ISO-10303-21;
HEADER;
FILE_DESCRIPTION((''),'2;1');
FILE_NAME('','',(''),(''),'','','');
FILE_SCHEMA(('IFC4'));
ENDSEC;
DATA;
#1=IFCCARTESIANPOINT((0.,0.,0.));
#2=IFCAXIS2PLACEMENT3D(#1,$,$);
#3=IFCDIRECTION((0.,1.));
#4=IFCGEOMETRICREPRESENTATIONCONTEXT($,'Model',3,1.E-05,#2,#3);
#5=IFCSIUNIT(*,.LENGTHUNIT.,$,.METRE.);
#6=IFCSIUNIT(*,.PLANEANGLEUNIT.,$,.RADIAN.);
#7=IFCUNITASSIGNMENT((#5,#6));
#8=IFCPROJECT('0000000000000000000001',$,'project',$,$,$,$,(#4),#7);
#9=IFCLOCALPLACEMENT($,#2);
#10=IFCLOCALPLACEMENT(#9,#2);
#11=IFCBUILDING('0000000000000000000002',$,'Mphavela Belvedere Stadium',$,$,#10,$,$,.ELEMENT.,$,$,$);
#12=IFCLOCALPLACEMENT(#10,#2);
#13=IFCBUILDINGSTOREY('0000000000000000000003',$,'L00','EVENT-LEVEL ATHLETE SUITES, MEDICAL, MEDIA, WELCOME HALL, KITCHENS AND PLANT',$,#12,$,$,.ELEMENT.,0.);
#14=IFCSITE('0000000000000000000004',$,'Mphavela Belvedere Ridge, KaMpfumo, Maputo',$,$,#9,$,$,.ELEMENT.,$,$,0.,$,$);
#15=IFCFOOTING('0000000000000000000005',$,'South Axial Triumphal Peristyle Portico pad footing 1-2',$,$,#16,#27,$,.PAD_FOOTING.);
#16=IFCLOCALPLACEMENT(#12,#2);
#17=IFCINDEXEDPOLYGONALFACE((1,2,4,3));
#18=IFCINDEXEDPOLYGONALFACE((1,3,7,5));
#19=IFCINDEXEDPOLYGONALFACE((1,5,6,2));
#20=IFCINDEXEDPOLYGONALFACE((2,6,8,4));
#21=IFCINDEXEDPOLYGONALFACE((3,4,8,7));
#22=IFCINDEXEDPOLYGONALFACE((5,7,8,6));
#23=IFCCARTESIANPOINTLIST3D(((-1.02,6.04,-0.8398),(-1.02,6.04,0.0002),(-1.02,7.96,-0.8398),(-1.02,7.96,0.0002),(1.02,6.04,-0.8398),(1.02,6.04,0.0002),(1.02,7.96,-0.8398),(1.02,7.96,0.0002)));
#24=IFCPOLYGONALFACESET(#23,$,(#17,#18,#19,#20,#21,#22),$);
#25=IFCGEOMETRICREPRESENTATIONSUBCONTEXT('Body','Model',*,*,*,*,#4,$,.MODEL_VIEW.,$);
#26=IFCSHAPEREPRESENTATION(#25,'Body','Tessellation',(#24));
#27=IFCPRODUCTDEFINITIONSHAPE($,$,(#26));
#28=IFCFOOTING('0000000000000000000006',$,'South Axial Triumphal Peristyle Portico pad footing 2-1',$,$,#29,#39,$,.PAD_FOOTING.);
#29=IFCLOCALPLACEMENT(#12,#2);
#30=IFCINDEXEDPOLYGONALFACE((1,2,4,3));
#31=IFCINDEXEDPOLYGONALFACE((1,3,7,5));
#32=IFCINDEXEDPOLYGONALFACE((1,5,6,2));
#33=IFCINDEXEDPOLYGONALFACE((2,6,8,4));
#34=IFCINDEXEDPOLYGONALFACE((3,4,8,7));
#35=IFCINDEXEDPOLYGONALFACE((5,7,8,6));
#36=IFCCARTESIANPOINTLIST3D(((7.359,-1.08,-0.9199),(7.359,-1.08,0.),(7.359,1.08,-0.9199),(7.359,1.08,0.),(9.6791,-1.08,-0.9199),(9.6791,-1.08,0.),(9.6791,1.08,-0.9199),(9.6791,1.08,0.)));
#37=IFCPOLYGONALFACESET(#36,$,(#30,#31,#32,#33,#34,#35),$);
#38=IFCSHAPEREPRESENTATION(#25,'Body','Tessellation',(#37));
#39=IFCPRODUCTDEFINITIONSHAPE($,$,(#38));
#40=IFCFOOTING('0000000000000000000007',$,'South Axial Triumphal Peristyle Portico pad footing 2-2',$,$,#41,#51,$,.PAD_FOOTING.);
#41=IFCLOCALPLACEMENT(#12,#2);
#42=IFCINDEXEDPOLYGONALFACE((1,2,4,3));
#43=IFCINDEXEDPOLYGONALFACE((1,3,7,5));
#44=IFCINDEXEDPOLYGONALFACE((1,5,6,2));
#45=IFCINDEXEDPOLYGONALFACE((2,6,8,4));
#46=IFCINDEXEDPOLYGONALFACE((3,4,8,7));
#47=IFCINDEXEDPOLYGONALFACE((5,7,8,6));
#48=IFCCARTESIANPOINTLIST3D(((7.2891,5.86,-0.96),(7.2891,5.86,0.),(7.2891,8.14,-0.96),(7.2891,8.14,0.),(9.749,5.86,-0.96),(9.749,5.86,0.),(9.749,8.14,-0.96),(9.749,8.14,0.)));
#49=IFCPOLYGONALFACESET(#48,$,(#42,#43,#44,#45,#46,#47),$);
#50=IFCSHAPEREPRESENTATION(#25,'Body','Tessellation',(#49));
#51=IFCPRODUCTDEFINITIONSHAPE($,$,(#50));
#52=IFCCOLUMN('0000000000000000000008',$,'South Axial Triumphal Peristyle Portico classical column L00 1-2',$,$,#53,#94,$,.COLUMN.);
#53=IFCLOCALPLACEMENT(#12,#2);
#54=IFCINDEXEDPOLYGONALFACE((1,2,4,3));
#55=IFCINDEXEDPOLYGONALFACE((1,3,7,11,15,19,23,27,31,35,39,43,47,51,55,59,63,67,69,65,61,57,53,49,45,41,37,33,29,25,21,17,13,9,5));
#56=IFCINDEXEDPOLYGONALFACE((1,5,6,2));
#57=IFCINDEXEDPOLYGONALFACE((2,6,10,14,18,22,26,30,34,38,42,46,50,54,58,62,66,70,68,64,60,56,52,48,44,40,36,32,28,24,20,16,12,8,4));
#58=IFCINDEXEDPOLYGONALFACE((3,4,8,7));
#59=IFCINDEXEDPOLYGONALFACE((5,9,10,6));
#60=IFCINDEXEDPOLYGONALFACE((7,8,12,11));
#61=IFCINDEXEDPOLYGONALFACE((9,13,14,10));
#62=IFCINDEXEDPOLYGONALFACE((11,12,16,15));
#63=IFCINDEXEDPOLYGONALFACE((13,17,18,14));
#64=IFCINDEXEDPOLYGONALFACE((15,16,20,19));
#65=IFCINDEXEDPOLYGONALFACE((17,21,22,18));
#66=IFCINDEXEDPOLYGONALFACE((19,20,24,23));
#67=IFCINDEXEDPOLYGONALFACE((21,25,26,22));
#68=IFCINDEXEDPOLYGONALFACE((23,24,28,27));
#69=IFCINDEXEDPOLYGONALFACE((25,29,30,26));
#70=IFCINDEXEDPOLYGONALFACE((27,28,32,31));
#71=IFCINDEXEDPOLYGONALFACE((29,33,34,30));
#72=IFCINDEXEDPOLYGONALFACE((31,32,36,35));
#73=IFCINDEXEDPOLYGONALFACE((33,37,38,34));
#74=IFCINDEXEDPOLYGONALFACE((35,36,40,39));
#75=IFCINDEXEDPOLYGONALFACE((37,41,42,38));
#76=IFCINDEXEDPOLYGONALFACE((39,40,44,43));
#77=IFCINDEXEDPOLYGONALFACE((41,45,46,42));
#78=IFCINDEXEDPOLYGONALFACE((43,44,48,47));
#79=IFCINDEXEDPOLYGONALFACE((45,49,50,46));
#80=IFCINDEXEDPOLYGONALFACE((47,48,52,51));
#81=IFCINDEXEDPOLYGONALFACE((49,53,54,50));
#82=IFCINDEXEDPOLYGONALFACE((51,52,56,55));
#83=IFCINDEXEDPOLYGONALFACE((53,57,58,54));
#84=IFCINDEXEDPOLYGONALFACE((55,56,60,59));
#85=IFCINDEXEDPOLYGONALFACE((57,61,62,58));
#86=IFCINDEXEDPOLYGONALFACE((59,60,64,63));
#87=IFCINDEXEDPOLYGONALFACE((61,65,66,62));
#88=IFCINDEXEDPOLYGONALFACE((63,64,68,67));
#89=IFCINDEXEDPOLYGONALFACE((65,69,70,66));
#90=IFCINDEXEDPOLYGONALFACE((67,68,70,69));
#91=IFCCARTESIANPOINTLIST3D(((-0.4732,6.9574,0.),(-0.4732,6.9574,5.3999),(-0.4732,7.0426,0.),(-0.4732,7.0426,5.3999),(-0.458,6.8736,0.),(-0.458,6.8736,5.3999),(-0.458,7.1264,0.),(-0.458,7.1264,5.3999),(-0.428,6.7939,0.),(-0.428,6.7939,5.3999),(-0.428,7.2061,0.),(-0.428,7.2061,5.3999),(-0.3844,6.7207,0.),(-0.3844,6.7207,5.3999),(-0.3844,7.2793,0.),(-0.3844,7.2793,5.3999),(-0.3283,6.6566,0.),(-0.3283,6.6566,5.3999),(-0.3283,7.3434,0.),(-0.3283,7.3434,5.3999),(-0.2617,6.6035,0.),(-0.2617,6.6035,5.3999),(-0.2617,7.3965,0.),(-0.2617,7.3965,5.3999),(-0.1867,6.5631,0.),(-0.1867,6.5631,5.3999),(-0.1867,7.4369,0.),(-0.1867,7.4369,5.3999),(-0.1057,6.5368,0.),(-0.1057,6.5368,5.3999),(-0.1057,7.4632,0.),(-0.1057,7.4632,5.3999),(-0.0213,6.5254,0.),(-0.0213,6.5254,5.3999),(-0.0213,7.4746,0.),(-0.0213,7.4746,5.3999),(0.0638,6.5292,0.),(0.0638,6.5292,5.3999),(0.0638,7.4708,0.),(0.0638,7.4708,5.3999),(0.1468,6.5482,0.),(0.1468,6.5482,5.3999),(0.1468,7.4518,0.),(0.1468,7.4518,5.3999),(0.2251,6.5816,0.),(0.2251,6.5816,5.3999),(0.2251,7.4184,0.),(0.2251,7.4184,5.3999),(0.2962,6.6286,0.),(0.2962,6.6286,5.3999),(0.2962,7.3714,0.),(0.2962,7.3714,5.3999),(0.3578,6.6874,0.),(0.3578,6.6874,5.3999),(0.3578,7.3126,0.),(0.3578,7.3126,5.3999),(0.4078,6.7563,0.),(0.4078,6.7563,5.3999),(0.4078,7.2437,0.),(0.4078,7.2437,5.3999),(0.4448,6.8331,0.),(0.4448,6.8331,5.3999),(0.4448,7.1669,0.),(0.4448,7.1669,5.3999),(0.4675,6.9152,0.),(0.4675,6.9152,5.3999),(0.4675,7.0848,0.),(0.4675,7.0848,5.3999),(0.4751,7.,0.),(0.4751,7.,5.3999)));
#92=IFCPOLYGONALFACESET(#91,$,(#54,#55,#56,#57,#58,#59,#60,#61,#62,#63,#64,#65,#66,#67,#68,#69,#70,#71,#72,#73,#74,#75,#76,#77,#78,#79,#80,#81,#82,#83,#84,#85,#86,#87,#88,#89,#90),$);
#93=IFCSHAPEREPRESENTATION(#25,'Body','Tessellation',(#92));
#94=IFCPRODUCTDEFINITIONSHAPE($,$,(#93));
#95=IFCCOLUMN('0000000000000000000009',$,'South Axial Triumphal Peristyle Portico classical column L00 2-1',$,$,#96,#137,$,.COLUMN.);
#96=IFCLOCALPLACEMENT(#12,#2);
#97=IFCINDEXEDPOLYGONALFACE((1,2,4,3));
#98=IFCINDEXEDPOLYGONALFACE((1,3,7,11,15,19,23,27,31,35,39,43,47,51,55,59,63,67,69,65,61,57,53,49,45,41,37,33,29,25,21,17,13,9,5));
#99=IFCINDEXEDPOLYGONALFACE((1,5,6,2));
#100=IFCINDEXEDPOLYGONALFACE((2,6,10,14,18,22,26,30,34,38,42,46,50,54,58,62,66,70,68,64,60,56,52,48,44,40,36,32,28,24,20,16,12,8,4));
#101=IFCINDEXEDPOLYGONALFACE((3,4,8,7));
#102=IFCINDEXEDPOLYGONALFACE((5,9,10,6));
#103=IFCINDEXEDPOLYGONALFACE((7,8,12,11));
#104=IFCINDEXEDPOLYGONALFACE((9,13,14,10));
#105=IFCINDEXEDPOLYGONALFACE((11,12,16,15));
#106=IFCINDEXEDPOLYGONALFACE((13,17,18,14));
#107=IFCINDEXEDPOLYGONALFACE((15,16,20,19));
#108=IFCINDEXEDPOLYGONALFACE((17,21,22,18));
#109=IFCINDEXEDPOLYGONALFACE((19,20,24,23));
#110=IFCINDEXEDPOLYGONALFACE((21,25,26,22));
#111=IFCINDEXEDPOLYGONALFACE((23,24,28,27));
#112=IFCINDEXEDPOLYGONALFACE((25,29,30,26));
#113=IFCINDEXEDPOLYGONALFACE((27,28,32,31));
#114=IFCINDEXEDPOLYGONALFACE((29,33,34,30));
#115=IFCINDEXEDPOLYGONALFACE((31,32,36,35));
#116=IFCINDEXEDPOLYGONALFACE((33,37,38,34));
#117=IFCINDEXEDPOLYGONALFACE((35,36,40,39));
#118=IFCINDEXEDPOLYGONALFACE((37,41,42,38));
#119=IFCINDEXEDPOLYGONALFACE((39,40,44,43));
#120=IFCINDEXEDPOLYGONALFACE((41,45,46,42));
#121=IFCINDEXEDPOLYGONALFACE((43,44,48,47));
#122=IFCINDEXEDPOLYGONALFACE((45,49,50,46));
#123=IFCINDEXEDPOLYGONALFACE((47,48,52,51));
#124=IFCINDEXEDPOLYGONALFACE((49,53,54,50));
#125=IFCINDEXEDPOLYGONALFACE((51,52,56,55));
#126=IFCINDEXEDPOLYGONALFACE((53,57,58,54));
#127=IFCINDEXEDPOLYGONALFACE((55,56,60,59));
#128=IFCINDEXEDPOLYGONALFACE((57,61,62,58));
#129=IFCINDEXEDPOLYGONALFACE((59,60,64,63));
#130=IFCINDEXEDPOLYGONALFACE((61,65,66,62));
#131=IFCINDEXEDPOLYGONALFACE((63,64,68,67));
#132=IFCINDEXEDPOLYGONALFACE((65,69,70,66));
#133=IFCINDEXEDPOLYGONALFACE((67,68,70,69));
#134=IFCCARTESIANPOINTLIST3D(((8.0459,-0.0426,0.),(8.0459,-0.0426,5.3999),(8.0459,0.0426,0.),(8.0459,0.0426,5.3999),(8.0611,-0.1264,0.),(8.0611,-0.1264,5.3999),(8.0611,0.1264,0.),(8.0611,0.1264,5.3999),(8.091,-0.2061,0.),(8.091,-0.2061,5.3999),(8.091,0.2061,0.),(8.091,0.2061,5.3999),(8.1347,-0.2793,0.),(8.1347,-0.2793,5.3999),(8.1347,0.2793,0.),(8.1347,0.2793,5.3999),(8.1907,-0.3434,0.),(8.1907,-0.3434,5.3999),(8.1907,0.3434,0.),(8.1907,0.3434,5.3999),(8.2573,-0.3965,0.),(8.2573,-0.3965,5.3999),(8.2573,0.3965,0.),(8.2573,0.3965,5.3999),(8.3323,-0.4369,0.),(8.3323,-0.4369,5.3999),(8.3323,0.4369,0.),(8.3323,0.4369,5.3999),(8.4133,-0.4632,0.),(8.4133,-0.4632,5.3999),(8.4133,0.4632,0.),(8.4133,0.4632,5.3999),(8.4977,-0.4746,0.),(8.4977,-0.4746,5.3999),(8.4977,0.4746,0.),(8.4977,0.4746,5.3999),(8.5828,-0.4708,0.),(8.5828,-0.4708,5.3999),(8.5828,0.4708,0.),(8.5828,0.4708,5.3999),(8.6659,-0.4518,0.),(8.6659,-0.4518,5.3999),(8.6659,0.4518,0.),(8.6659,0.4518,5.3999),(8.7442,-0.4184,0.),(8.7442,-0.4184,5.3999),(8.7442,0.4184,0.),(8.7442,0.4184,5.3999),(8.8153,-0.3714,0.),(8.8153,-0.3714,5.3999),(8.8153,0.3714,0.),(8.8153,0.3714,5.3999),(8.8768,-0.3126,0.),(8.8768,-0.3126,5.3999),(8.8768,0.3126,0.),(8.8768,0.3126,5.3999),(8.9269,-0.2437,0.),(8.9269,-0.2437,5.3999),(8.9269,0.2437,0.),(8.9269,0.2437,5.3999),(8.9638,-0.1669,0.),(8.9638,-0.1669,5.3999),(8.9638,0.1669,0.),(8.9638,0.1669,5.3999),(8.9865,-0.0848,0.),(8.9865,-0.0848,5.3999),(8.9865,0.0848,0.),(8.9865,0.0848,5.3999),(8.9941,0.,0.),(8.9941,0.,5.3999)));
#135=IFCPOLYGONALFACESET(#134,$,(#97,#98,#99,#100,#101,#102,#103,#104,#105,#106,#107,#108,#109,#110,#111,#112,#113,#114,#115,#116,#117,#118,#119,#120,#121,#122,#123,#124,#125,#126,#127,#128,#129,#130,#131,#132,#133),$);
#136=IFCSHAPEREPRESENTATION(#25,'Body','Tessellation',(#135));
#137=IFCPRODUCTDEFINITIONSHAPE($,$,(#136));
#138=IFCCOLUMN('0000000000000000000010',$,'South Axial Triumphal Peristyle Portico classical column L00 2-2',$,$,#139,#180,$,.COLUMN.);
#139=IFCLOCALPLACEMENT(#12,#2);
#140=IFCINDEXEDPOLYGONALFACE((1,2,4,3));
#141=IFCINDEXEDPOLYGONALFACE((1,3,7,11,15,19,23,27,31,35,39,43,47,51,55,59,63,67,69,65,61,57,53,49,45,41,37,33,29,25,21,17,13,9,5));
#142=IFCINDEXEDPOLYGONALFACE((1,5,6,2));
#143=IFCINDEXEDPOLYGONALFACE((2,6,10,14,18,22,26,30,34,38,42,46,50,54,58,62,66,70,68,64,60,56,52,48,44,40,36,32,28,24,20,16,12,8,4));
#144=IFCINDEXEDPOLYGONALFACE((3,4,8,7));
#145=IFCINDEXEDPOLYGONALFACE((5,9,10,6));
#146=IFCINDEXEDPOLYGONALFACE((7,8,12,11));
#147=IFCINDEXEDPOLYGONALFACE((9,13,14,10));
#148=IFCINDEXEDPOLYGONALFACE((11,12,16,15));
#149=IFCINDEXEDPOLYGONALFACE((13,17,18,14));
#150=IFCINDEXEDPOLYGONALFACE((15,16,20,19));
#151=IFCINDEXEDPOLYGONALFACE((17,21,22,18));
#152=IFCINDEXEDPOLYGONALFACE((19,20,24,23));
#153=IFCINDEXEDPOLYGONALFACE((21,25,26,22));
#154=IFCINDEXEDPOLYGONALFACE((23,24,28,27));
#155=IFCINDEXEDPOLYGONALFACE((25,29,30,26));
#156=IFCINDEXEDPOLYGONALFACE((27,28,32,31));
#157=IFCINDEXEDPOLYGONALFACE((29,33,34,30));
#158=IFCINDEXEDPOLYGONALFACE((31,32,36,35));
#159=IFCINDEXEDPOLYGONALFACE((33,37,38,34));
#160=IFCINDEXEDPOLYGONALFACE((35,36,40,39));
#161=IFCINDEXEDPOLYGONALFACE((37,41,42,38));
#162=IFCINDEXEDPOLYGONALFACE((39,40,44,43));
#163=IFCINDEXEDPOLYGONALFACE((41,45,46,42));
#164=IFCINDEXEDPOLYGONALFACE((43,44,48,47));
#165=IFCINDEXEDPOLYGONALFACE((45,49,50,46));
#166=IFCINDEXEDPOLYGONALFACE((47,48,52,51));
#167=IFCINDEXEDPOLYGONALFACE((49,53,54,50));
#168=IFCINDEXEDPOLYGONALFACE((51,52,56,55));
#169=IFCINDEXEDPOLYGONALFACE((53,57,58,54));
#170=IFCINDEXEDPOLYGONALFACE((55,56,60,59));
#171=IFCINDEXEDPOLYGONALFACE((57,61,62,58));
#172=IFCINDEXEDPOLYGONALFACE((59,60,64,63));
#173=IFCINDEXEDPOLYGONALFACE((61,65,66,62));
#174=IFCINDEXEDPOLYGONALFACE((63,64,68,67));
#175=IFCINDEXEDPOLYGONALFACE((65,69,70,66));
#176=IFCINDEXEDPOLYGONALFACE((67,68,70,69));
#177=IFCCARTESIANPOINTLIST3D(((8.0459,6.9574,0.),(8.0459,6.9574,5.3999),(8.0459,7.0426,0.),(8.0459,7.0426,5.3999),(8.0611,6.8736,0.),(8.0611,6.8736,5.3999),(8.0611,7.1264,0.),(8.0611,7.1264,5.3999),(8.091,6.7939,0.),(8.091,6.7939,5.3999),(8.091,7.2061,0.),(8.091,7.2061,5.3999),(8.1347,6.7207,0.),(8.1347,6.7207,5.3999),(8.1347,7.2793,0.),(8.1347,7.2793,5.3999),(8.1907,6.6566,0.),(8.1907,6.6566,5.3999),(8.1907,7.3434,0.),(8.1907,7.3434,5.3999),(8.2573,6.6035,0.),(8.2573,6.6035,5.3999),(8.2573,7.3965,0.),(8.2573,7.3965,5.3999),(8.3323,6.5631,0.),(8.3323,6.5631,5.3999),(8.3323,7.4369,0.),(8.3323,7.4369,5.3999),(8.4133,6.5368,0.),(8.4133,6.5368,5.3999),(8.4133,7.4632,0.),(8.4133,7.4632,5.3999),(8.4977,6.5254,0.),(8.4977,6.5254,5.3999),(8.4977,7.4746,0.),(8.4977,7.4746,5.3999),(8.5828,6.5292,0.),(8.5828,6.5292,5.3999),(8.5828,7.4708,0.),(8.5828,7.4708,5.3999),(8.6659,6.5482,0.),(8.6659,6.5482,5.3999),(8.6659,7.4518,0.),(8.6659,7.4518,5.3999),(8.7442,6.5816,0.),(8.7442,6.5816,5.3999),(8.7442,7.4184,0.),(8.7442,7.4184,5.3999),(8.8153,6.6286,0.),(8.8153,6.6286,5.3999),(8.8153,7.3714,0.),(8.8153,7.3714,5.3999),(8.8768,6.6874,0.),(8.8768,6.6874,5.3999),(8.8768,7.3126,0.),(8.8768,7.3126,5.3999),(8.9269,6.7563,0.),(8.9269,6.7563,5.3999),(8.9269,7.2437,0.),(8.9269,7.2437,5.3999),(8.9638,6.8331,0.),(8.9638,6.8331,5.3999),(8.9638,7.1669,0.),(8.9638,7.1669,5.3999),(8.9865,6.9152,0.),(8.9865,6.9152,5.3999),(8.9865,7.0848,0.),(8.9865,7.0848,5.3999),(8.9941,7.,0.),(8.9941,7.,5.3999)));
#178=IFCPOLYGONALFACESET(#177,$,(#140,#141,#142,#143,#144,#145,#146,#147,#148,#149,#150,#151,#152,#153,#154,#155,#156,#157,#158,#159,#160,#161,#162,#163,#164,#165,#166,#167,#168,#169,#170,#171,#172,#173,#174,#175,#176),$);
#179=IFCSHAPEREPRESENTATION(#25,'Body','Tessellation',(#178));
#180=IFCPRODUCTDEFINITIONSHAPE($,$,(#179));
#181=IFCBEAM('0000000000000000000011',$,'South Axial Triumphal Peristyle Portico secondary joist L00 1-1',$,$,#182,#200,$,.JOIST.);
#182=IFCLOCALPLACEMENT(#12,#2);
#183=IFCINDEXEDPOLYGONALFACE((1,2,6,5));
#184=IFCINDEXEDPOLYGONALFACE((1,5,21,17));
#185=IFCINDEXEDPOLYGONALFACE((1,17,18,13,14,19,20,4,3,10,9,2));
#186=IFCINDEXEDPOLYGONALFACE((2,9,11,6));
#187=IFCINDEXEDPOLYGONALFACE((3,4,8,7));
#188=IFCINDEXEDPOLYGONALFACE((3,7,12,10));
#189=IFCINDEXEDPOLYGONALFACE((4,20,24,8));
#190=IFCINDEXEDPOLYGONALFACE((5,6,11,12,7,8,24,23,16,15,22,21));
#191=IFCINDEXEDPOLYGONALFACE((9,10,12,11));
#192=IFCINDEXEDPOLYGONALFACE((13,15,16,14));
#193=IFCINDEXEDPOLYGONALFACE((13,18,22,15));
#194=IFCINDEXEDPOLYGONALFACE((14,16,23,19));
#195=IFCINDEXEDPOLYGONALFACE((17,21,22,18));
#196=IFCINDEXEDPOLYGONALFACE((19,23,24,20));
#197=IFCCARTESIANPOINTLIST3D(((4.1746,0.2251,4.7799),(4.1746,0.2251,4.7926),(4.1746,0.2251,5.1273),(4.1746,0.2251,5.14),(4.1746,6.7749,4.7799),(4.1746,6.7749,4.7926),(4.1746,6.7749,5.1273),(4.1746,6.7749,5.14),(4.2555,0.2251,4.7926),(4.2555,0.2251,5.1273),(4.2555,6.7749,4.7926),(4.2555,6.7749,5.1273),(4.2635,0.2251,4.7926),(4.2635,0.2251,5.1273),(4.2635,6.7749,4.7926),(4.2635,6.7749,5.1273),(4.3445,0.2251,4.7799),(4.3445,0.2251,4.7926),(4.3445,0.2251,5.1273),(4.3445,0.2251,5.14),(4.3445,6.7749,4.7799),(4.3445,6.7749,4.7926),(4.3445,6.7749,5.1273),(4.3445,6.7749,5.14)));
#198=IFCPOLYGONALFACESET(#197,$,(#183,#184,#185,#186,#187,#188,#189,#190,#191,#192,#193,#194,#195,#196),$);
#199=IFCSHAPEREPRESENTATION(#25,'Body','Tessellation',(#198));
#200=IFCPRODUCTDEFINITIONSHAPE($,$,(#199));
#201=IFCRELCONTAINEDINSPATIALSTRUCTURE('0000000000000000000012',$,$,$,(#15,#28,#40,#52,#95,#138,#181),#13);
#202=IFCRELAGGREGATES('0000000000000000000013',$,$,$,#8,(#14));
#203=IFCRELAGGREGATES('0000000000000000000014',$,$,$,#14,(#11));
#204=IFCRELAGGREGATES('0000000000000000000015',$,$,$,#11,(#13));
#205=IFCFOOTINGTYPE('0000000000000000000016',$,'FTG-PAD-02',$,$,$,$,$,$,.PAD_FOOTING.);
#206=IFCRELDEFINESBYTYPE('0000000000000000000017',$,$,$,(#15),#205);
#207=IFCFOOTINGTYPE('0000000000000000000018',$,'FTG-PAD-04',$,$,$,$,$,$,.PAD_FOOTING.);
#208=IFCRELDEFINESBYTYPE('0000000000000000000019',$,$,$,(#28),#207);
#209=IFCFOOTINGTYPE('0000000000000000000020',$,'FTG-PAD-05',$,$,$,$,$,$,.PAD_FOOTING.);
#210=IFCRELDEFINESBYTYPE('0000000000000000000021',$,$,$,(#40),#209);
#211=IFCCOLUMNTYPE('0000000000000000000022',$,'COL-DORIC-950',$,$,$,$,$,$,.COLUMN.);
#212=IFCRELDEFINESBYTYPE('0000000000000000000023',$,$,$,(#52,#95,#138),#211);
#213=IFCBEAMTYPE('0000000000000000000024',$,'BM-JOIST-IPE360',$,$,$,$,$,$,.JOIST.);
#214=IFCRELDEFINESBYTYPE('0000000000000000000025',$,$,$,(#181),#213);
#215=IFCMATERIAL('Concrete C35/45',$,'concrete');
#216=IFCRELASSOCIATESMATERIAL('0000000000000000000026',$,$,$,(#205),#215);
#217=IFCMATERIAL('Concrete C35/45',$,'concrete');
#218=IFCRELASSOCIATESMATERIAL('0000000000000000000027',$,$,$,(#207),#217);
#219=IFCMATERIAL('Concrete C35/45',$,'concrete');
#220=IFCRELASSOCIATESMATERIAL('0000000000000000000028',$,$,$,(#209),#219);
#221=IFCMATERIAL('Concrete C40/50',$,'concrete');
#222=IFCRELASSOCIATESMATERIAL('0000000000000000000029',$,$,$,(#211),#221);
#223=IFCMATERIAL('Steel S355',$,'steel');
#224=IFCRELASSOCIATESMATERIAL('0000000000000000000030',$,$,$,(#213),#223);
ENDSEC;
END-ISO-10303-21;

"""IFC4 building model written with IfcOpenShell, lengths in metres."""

from ifc_helpers import new_model, si_unit, direction, frame, origin, origin_2d, place, context, subcontext, project, spatial, rectangle, circle, i_section, extrude, material, material_profile, profile_set, type_object, element, save


model = new_model("IFC4")

# Units and contexts
model_context = context("Model", 3, precision=1e-05, world=origin(), true_north=direction((0.0, 1.0)))
body_context = subcontext(model_context, "Body", "Model", "MODEL_VIEW")
ifc_project = project(units=[si_unit("LENGTHUNIT", "METRE"), si_unit("PLANEANGLEUNIT", "RADIAN")], contexts=[model_context])

# Site, building, storey
site_placement = place(None, origin())
site = spatial("IfcSite", under=ifc_project, at=site_placement, Name="Mphavela Belvedere Ridge, KaMpfumo, Maputo", CompositionType="ELEMENT", RefElevation=0.0)
building_placement = place(site_placement, origin())
building = spatial("IfcBuilding", under=site, at=building_placement, Name="Mphavela Belvedere Stadium", CompositionType="ELEMENT")
storey_placement = place(building_placement, origin())
storey = spatial("IfcBuildingStorey", under=building, at=storey_placement, Name="L00", Description="EVENT-LEVEL ATHLETE SUITES, MEDICAL, MEDIA, WELCOME HALL, KITCHENS AND PLANT", CompositionType="ELEMENT", Elevation=0.0)

# Footings
ifc_material_1 = material(Name="Concrete C35/45", Category="concrete")
footing_type_1 = type_object("IfcFootingType", Name="FTG-PAD-02", PredefinedType="PAD_FOOTING", material=ifc_material_1)
footing_1_placement = place(storey_placement, frame((0.0, 7.0, -0.8398), z_axis=(0.0, 0.0, 1.0), x_axis=(1.0, 0.0, 0.0)))
element("IfcFooting", 1, at=footing_1_placement, inside=storey, type_object=footing_type_1, Name="South Axial Triumphal Peristyle Portico pad footing 1-2", PredefinedType="PAD_FOOTING", context=body_context, shape_type="SweptSolid", body=[
    extrude(rectangle(XDim=2.04, YDim=1.9199, at=origin_2d()), origin(), (0.0, 0.0, 1.0), 0.8401),
])
ifc_material_2 = material(Name="Concrete C35/45", Category="concrete")
footing_type_2 = type_object("IfcFootingType", Name="FTG-PAD-04", PredefinedType="PAD_FOOTING", material=ifc_material_2)
footing_2_placement = place(storey_placement, frame((8.519, 0.0, -0.9199), z_axis=(0.0, 0.0, 1.0), x_axis=(1.0, 0.0, 0.0)))
element("IfcFooting", 2, at=footing_2_placement, inside=storey, type_object=footing_type_2, Name="South Axial Triumphal Peristyle Portico pad footing 2-1", PredefinedType="PAD_FOOTING", context=body_context, shape_type="SweptSolid", body=[
    extrude(rectangle(XDim=2.3201, YDim=2.1599, at=origin_2d()), origin(), (0.0, 0.0, 1.0), 0.9199),
])
ifc_material_3 = material(Name="Concrete C35/45", Category="concrete")
footing_type_3 = type_object("IfcFootingType", Name="FTG-PAD-05", PredefinedType="PAD_FOOTING", material=ifc_material_3)
footing_3_placement = place(storey_placement, frame((8.519, 7.0, -0.96), z_axis=(0.0, 0.0, 1.0), x_axis=(1.0, 0.0, 0.0)))
element("IfcFooting", 3, at=footing_3_placement, inside=storey, type_object=footing_type_3, Name="South Axial Triumphal Peristyle Portico pad footing 2-2", PredefinedType="PAD_FOOTING", context=body_context, shape_type="SweptSolid", body=[
    extrude(rectangle(XDim=2.46, YDim=2.28, at=origin_2d()), origin(), (0.0, 0.0, 1.0), 0.96),
])

# Columns
ifc_material_4 = material(Name="Concrete C40/50", Category="concrete")
ifc_material_profile_1 = material_profile(ifc_material_4, circle(Radius=0.4751, at=origin_2d()), Name="COL D950")
ifc_profile_set_1 = profile_set([ifc_material_profile_1], Name="Concrete C40/50")
column_type = type_object("IfcColumnType", Name="COL-DORIC-950", PredefinedType="COLUMN", material=ifc_profile_set_1)
for number, where, z_axis, x_axis, name in (
    (4, (0.0, 7.0, 0.0), (0.0, 0.0, 1.0), (1.0, 0.0, 0.0), "South Axial Triumphal Peristyle Portico classical column L00 1-2"),
    (5, (8.519, 0.0, 0.0), (0.0, 0.0, 1.0), (1.0, 0.0, 0.0), "South Axial Triumphal Peristyle Portico classical column L00 2-1"),
    (6, (8.519, 7.0, 0.0), (0.0, 0.0, 1.0), (1.0, 0.0, 0.0), "South Axial Triumphal Peristyle Portico classical column L00 2-2"),
):
    element("IfcColumn", number, at=place(storey_placement, frame(where, z_axis=z_axis, x_axis=x_axis)), inside=storey, type_object=column_type, Name=name, PredefinedType="COLUMN", context=body_context, shape_type="SweptSolid", body=[
        extrude(circle(Radius=0.4751, at=origin_2d()), origin(), (0.0, 0.0, 1.0), 5.3999),
    ])

# Beam
ifc_material_5 = material(Name="Steel S355", Category="steel")
ifc_material_profile_2 = material_profile(ifc_material_5, i_section(OverallWidth=0.1699, OverallDepth=0.3601, WebThickness=0.0081, FlangeThickness=0.0127, at=origin_2d()), Name="IPE 360")
ifc_profile_set_2 = profile_set([ifc_material_profile_2], Name="Steel S355")
beam_type_1 = type_object("IfcBeamType", Name="BM-JOIST-IPE360", PredefinedType="JOIST", material=ifc_profile_set_2)
beam_1_placement = place(storey_placement, frame((4.2595, 0.2251, 4.96), z_axis=(0.0, 1.0, 0.0), x_axis=(-1.0, 0.0, 0.0)))
element("IfcBeam", 7, at=beam_1_placement, inside=storey, type_object=beam_type_1, Name="South Axial Triumphal Peristyle Portico secondary joist L00 1-1", PredefinedType="JOIST", context=body_context, shape_type="SweptSolid", body=[
    extrude(i_section(OverallWidth=0.1699, OverallDepth=0.3601, WebThickness=0.0081, FlangeThickness=0.0127, at=origin_2d()), origin(), (0.0, 0.0, 1.0), 6.5498),
])

save(model, "model.ifc")
